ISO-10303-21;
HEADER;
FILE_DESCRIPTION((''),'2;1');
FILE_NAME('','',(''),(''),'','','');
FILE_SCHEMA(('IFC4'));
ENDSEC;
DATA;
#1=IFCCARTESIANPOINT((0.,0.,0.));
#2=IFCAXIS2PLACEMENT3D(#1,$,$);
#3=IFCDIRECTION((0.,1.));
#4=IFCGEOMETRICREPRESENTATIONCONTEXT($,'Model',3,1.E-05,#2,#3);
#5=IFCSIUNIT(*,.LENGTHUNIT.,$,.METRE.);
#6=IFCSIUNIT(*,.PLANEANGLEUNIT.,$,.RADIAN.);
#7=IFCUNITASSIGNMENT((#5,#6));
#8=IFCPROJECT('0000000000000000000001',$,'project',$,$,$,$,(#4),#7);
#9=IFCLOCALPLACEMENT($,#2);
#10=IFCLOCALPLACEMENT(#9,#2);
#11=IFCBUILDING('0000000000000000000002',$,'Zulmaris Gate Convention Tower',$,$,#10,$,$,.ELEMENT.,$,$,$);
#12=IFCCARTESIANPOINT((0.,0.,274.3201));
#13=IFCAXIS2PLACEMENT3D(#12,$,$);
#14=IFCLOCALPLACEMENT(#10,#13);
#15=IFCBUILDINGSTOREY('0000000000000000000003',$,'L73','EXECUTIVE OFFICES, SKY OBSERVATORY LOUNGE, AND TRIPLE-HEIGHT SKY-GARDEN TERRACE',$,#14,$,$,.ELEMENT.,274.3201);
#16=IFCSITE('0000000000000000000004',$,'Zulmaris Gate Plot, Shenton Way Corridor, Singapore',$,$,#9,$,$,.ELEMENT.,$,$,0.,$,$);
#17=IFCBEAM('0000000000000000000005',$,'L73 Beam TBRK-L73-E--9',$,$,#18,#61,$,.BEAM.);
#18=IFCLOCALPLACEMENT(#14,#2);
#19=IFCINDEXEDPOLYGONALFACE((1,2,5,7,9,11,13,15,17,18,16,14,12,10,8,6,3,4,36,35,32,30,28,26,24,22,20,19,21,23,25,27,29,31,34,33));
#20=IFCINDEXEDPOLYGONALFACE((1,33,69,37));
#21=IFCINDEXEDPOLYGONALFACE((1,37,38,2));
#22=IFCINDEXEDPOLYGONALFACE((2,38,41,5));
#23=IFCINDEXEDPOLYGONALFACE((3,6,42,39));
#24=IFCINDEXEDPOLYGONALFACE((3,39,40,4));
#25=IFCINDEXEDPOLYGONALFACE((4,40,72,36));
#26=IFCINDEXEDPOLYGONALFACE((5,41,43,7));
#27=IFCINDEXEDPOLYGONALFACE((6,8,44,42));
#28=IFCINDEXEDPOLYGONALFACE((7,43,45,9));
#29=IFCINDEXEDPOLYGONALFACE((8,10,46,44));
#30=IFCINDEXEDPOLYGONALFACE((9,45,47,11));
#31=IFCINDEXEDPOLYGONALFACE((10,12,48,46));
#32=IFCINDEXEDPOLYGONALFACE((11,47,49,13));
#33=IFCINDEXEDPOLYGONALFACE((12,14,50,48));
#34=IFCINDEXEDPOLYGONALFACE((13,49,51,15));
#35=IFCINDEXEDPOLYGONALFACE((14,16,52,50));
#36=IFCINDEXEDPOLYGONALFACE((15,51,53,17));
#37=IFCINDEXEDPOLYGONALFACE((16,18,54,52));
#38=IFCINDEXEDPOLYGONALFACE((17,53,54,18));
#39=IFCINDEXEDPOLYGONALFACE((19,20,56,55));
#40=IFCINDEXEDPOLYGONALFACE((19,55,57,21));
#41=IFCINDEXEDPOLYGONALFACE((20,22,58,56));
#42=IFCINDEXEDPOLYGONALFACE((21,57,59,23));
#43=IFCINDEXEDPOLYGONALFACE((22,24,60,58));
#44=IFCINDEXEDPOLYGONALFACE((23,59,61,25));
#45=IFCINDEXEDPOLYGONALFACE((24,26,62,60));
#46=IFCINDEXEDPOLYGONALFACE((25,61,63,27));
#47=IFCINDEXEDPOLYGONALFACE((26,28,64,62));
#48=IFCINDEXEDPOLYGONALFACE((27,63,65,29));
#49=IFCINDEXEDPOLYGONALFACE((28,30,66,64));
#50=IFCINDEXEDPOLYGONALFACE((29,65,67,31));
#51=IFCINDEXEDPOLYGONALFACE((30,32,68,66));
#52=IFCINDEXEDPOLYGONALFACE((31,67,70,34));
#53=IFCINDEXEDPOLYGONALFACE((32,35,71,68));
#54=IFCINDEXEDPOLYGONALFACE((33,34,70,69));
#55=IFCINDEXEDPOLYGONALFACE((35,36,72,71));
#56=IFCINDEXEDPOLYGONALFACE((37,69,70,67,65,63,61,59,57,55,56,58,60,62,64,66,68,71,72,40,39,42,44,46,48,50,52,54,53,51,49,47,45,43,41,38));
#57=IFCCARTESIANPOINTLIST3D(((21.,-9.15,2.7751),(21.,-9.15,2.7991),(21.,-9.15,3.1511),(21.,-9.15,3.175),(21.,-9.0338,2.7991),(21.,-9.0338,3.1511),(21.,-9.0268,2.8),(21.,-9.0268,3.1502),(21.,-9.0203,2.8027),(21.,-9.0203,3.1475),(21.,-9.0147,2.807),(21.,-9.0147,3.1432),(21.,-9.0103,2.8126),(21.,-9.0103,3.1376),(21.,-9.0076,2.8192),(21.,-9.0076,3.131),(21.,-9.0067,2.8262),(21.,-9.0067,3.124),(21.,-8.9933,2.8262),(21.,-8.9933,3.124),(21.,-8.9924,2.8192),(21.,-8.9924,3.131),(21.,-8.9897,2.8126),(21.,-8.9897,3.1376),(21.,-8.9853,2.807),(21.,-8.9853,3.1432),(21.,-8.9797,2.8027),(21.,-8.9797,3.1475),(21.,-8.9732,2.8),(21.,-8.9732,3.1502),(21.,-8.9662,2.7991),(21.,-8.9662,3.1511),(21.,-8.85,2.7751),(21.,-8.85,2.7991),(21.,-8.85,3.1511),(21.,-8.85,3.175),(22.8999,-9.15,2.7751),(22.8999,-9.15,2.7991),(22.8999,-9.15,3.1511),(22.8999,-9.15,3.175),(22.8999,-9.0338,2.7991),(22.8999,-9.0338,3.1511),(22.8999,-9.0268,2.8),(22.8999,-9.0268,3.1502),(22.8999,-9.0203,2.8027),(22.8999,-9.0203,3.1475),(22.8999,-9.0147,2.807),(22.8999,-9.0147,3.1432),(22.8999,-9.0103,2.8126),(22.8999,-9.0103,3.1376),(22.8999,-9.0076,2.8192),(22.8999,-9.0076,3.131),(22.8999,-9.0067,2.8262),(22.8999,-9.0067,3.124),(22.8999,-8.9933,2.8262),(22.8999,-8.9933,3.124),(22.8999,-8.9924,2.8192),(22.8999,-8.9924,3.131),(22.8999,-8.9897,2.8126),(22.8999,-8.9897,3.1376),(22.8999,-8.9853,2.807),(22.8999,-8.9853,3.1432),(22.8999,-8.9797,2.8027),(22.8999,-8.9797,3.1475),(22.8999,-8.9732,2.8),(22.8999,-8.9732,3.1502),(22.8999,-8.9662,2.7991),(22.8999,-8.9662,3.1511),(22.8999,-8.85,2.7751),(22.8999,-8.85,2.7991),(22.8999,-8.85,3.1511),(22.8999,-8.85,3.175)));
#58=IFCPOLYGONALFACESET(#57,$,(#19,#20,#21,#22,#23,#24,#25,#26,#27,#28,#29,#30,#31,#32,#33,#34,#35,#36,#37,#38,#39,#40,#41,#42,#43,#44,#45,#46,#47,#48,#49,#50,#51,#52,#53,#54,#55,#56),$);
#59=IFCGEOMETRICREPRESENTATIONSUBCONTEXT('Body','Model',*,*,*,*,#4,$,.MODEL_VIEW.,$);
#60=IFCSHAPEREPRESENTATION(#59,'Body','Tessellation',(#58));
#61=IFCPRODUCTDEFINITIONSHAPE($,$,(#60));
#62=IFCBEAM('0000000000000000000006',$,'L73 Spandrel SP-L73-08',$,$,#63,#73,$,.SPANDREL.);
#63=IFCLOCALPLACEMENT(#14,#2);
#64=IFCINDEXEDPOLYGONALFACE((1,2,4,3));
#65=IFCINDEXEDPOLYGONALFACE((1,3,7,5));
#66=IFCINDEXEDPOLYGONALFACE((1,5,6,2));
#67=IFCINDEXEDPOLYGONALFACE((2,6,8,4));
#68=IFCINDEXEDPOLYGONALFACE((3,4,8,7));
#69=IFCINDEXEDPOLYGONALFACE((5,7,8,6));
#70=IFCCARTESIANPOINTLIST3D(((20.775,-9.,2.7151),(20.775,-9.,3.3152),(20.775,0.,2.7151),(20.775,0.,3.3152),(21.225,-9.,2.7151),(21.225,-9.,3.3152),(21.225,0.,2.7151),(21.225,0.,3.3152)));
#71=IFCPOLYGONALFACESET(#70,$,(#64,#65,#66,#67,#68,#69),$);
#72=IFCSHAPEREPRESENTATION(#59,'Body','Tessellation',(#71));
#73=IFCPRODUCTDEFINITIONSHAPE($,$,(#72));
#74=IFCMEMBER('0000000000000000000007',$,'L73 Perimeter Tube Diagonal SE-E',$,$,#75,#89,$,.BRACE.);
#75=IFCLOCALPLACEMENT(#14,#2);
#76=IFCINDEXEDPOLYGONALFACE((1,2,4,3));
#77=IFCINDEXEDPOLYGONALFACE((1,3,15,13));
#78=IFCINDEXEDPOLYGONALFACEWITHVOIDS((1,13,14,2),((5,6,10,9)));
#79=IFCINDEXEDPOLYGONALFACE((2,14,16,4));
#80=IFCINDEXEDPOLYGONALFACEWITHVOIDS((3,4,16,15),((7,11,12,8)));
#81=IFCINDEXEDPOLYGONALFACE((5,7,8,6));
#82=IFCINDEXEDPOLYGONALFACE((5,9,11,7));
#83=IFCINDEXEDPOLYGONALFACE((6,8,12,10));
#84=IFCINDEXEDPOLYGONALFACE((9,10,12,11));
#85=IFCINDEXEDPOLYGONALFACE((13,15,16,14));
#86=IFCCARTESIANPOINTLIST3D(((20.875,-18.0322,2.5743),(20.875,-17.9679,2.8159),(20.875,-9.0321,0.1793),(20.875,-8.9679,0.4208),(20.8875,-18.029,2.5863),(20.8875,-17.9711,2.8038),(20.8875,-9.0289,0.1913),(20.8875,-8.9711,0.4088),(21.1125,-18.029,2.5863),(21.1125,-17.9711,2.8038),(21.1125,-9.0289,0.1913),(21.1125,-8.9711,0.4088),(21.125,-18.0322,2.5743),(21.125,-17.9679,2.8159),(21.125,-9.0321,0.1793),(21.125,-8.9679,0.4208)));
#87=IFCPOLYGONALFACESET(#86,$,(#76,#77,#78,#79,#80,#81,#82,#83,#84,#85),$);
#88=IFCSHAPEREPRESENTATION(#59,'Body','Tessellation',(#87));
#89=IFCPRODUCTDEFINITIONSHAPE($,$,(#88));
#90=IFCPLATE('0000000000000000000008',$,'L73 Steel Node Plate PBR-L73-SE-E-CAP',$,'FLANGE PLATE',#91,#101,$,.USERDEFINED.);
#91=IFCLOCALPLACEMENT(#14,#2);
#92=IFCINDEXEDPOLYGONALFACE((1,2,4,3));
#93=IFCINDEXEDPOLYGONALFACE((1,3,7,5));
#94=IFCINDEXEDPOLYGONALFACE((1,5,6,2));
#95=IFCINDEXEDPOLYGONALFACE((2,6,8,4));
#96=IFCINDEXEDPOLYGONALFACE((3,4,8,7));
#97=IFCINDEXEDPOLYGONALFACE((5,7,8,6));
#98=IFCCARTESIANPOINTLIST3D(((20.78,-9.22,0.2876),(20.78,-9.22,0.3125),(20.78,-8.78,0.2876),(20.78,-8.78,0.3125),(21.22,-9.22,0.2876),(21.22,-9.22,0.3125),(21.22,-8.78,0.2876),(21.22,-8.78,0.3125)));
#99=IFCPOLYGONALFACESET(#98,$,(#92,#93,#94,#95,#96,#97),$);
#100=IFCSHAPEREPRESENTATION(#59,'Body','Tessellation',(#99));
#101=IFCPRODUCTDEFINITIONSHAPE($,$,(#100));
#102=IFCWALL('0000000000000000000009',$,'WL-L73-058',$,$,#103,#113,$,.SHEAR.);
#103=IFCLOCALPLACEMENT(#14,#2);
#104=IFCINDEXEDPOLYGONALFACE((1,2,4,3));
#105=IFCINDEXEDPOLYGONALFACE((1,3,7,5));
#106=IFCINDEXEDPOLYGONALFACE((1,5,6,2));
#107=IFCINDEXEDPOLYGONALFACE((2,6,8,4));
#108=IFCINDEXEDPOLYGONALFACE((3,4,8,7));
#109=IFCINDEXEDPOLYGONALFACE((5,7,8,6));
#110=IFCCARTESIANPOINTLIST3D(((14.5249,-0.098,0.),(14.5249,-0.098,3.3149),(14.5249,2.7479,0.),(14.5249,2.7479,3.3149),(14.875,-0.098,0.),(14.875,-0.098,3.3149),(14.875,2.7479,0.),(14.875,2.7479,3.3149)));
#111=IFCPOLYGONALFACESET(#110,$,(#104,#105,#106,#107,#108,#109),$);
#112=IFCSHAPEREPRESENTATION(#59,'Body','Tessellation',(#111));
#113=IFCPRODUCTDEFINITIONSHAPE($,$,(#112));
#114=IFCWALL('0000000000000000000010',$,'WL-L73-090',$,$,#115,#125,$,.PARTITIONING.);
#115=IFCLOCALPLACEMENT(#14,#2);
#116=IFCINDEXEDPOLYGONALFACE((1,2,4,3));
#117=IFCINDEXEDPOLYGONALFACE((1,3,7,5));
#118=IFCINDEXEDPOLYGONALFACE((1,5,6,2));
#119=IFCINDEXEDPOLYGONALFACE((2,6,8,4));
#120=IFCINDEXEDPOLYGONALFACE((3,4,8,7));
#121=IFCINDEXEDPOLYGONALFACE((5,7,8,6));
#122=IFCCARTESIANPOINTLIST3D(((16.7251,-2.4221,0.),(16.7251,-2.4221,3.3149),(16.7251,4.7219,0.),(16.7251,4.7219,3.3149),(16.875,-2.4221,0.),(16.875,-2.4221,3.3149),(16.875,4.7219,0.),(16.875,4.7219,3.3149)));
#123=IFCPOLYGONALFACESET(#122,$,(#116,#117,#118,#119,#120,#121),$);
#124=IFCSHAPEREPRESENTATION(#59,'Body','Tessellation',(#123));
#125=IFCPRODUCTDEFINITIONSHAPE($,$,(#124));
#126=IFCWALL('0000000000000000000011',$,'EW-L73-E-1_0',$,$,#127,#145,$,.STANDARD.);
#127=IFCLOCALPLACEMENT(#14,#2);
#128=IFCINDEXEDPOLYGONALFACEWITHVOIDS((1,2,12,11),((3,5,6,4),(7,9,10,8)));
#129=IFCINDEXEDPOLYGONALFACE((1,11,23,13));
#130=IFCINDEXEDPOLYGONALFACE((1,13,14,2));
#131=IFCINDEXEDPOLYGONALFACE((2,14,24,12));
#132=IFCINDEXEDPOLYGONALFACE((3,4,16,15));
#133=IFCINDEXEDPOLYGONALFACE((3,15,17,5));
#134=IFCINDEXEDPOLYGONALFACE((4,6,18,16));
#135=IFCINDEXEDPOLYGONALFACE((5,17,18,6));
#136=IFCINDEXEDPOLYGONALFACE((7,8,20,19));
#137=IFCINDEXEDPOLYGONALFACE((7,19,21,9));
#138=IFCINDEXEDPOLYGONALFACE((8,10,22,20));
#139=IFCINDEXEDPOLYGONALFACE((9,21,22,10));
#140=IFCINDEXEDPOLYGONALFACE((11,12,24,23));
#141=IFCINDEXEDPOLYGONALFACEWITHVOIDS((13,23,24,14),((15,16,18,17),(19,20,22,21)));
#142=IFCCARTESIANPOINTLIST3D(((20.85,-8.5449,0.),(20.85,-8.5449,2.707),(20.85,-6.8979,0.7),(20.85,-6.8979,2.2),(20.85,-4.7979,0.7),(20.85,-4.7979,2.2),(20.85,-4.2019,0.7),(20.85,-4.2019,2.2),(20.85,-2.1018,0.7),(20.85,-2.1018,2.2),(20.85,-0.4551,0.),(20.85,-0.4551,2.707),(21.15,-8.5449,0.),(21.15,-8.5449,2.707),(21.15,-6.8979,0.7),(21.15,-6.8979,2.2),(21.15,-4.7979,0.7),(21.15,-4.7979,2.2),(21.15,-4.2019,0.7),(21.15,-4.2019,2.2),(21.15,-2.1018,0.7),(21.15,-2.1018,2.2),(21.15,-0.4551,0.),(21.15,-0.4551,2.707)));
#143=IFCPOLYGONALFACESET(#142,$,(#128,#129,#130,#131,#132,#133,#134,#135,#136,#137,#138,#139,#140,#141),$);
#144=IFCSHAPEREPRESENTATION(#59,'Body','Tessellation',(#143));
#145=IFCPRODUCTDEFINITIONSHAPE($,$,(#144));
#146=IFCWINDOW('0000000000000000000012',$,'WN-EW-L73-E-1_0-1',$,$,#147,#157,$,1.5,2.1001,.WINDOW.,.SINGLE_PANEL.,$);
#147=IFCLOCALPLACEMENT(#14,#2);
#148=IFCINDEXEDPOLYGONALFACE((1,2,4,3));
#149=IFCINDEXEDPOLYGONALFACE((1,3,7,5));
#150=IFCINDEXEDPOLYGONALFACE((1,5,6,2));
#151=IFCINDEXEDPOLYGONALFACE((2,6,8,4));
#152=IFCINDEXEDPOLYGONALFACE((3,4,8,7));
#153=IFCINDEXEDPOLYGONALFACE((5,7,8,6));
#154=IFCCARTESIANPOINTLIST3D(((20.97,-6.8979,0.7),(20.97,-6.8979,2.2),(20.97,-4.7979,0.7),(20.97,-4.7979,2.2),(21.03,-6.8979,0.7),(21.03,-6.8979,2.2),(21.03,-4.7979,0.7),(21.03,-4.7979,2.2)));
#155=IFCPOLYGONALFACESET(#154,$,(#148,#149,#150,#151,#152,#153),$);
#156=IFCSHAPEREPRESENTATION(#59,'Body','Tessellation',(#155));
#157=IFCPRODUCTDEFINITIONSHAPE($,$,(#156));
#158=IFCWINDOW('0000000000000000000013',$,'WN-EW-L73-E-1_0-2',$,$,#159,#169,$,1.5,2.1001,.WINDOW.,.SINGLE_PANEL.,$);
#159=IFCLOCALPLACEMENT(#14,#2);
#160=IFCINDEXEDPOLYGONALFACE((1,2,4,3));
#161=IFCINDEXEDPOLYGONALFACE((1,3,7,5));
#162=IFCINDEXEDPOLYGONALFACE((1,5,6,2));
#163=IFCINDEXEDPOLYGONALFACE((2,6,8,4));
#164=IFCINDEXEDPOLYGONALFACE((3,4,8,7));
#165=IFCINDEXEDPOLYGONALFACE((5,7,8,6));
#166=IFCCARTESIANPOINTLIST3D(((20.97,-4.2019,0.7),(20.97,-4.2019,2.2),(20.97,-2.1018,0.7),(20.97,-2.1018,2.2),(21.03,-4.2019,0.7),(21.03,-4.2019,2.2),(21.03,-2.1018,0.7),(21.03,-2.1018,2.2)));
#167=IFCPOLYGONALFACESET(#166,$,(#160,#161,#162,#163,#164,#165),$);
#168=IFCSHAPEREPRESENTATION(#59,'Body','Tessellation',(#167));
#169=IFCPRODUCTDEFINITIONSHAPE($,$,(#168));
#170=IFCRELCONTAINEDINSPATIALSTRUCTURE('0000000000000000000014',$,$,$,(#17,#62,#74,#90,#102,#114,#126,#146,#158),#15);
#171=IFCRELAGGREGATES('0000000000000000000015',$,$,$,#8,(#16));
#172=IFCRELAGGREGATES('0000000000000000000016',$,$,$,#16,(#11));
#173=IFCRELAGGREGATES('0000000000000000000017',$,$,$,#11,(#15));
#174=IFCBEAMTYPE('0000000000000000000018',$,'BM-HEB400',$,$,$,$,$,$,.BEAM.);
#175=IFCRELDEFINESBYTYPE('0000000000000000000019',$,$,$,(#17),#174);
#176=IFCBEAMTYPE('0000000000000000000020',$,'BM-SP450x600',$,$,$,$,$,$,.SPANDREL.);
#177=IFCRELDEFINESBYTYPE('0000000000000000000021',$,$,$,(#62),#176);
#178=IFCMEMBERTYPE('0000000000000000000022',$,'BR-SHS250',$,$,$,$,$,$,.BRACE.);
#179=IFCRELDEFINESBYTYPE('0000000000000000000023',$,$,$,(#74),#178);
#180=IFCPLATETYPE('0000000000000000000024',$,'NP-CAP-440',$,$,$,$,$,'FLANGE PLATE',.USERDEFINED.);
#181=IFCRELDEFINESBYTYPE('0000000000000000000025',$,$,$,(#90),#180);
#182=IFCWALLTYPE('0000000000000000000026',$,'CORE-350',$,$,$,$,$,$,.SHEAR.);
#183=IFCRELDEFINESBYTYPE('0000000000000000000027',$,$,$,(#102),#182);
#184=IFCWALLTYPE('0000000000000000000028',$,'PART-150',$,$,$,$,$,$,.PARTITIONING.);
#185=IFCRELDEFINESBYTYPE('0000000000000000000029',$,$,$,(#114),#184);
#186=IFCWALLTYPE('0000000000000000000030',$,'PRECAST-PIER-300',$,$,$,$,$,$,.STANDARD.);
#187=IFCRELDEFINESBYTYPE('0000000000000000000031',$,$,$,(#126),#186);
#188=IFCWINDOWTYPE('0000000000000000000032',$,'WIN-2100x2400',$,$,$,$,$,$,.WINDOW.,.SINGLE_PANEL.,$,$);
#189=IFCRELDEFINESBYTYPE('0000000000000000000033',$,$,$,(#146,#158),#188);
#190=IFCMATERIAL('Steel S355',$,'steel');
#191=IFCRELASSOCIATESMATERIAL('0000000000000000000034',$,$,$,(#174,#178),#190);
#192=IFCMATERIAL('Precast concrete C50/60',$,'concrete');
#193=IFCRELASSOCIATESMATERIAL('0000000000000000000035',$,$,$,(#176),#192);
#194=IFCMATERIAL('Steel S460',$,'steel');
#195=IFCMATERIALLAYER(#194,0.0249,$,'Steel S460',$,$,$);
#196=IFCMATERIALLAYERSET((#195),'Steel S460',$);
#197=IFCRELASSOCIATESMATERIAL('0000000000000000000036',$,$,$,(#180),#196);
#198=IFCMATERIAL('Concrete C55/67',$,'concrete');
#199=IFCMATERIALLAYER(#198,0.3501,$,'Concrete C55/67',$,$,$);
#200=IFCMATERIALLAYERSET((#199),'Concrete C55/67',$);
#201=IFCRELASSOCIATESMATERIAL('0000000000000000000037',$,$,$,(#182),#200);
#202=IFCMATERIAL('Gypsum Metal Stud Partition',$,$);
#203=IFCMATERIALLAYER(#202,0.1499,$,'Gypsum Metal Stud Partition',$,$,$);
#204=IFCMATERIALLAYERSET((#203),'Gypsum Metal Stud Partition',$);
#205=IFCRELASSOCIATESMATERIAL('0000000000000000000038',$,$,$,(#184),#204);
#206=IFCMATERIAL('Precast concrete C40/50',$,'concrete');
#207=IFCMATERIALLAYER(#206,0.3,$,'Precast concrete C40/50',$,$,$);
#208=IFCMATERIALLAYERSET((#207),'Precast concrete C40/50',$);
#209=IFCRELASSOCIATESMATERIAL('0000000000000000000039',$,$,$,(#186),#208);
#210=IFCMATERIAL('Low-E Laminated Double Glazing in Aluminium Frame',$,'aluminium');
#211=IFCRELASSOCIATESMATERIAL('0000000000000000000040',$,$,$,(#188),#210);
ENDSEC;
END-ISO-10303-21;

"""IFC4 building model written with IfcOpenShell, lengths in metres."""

from ifc_helpers import new_model, si_unit, direction, frame, frame_2d, origin, origin_2d, place, context, subcontext, project, spatial, rectangle, hollow_rectangle, i_section, extrude, material, layer, layer_set, material_profile, profile_set, type_object, element, fill, save


model = new_model("IFC4")

# Units and contexts
model_context = context("Model", 3, precision=1e-05, world=origin(), true_north=direction((0.0, 1.0)))
body_context = subcontext(model_context, "Body", "Model", "MODEL_VIEW")
ifc_project = project(units=[si_unit("LENGTHUNIT", "METRE"), si_unit("PLANEANGLEUNIT", "RADIAN")], contexts=[model_context])

# Site, building, storey
site_placement = place(None, origin())
site = spatial("IfcSite", under=ifc_project, at=site_placement, Name="Zulmaris Gate Plot, Shenton Way Corridor, Singapore", CompositionType="ELEMENT", RefElevation=0.0)
building_placement = place(site_placement, origin())
building = spatial("IfcBuilding", under=site, at=building_placement, Name="Zulmaris Gate Convention Tower", CompositionType="ELEMENT")
storey_placement = place(building_placement, frame((0.0, 0.0, 274.3201)))
storey = spatial("IfcBuildingStorey", under=building, at=storey_placement, Name="L73", Description="EXECUTIVE OFFICES, SKY OBSERVATORY LOUNGE, AND TRIPLE-HEIGHT SKY-GARDEN TERRACE", CompositionType="ELEMENT", Elevation=274.3201)

# Beams
ifc_material_1 = material(Name="Steel S355", Category="steel")
ifc_material_profile_1 = material_profile(ifc_material_1, i_section(OverallWidth=0.3, OverallDepth=0.3999, WebThickness=0.0134, FlangeThickness=0.0239, FilletRadius=0.0271, at=origin_2d()), Name="HEB 400")
ifc_profile_set_1 = profile_set([ifc_material_profile_1], Name="Steel S355")
beam_type_1 = type_object("IfcBeamType", Name="BM-HEB400", PredefinedType="BEAM", material=ifc_profile_set_1)
beam_1_placement = place(storey_placement, frame((21.0, -9.0, 2.9751), z_axis=(1.0, 0.0, 0.0), x_axis=(0.0, 1.0, 0.0)))
element("IfcBeam", 1, at=beam_1_placement, inside=storey, type_object=beam_type_1, Name="L73 Beam TBRK-L73-E--9", PredefinedType="BEAM", context=body_context, shape_type="SweptSolid", body=[
    extrude(i_section(OverallWidth=0.3, OverallDepth=0.3999, WebThickness=0.0134, FlangeThickness=0.0239, FilletRadius=0.0271, at=origin_2d()), origin(), (0.0, 0.0, 1.0), 1.8999),
])
ifc_material_2 = material(Name="Precast concrete C50/60", Category="concrete")
ifc_material_profile_2 = material_profile(ifc_material_2, rectangle(XDim=0.45, YDim=0.6001, at=origin_2d()), Name="RC SPANDREL 450x600")
ifc_profile_set_2 = profile_set([ifc_material_profile_2], Name="Precast concrete C50/60")
beam_type_2 = type_object("IfcBeamType", Name="BM-SP450x600", PredefinedType="SPANDREL", material=ifc_profile_set_2)
beam_2_placement = place(storey_placement, frame((21.0, -9.0, 3.0151), z_axis=(0.0, 1.0, 0.0), x_axis=(-1.0, 0.0, 0.0)))
element("IfcBeam", 2, at=beam_2_placement, inside=storey, type_object=beam_type_2, Name="L73 Spandrel SP-L73-08", PredefinedType="SPANDREL", context=body_context, shape_type="SweptSolid", body=[
    extrude(rectangle(XDim=0.45, YDim=0.6001, at=origin_2d()), origin(), (0.0, 0.0, 1.0), 9.0),
])

# Member
ifc_material_profile_3 = material_profile(ifc_material_1, hollow_rectangle(XDim=0.25, YDim=0.25, WallThickness=0.0125, at=origin_2d()), Name="SHS 250x250x12.5")
ifc_profile_set_3 = profile_set([ifc_material_profile_3], Name="Steel S355")
member_type = type_object("IfcMemberType", Name="BR-SHS250", PredefinedType="BRACE", material=ifc_profile_set_3)
member_placement = place(storey_placement, frame((21.0, -9.0, 0.3), z_axis=(0.0, -0.966368, 0.257163), x_axis=(1.0, 0.0, 0.0)))
element("IfcMember", 3, at=member_placement, inside=storey, type_object=member_type, Name="L73 Perimeter Tube Diagonal SE-E", PredefinedType="BRACE", context=body_context, shape_type="SweptSolid", body=[
    extrude(hollow_rectangle(XDim=0.25, YDim=0.25, WallThickness=0.0125, at=origin_2d()), origin(), (0.0, 0.0, 1.0), 9.3132),
])

# Plate
ifc_material_3 = material(Name="Steel S460", Category="steel")
ifc_layer_1 = layer(ifc_material_3, 0.0249, Name="Steel S460")
ifc_layer_set_1 = layer_set([ifc_layer_1], Name="Steel S460")
plate_type = type_object("IfcPlateType", Name="NP-CAP-440", ElementType="FLANGE PLATE", PredefinedType="USERDEFINED", material=ifc_layer_set_1)
plate_placement = place(storey_placement, frame((21.0, -9.0, 0.2876), z_axis=(0.0, 0.0, 1.0), x_axis=(1.0, 0.0, 0.0)))
element("IfcPlate", 4, at=plate_placement, inside=storey, type_object=plate_type, Name="L73 Steel Node Plate PBR-L73-SE-E-CAP", ObjectType="FLANGE PLATE", PredefinedType="USERDEFINED", context=body_context, shape_type="SweptSolid", body=[
    extrude(rectangle(XDim=0.4399, YDim=0.4399, at=origin_2d()), origin(), (0.0, 0.0, 1.0), 0.0249),
])

# Wall
ifc_material_4 = material(Name="Concrete C55/67", Category="concrete")
ifc_layer_2 = layer(ifc_material_4, 0.3501, Name="Concrete C55/67")
ifc_layer_set_2 = layer_set([ifc_layer_2], Name="Concrete C55/67")
wall_type_1 = type_object("IfcWallType", Name="CORE-350", PredefinedType="SHEAR", material=ifc_layer_set_2)
wall_1_placement = place(storey_placement, frame((14.7, -0.0979, 0.0), z_axis=(0.0, 0.0, 1.0), x_axis=(0.0, 1.0, 0.0)))
element("IfcWall", 5, at=wall_1_placement, inside=storey, type_object=wall_type_1, Name="WL-L73-058", PredefinedType="SHEAR", context=body_context, shape_type="SweptSolid", body=[
    extrude(rectangle(XDim=2.8459, YDim=0.3501, at=frame_2d((1.4229, 0.0))), origin(), (0.0, 0.0, 1.0), 3.3149),
])

# Shared definitions
ifc_material_5 = material(Name="Gypsum Metal Stud Partition")
ifc_layer_3 = layer(ifc_material_5, 0.1499, Name="Gypsum Metal Stud Partition")
ifc_layer_set_3 = layer_set([ifc_layer_3], Name="Gypsum Metal Stud Partition")
wall_type_2 = type_object("IfcWallType", Name="PART-150", PredefinedType="PARTITIONING", material=ifc_layer_set_3)

# Wall
wall_2_placement = place(storey_placement, frame((16.8, -2.4221, 0.0), z_axis=(0.0, 0.0, 1.0), x_axis=(0.0, 1.0, 0.0)))
element("IfcWall", 6, at=wall_2_placement, inside=storey, type_object=wall_type_2, Name="WL-L73-090", PredefinedType="PARTITIONING", context=body_context, shape_type="SweptSolid", body=[
    extrude(rectangle(XDim=7.144, YDim=0.1499, at=frame_2d((3.572, 0.0))), origin(), (0.0, 0.0, 1.0), 3.3149),
])

# Wall, openings, windows
ifc_material_6 = material(Name="Precast concrete C40/50", Category="concrete")
ifc_layer_4 = layer(ifc_material_6, 0.3, Name="Precast concrete C40/50")
ifc_layer_set_4 = layer_set([ifc_layer_4], Name="Precast concrete C40/50")
wall_type_3 = type_object("IfcWallType", Name="PRECAST-PIER-300", PredefinedType="STANDARD", material=ifc_layer_set_4)
wall_3_placement = place(storey_placement, frame((21.0, -8.5449, 0.0), z_axis=(0.0, 0.0, 1.0), x_axis=(0.0, 1.0, 0.0)))
wall_3 = element("IfcWall", 7, at=wall_3_placement, inside=storey, type_object=wall_type_3, Name="EW-L73-E-1_0", PredefinedType="STANDARD", context=body_context, shape_type="SweptSolid", body=[
    extrude(rectangle(XDim=8.0898, YDim=0.3, at=frame_2d((4.0449, 0.0))), origin(), (0.0, 0.0, 1.0), 2.707),
])
opening_1_placement = place(wall_3_placement, frame((1.647, 0.0, 0.7)))
opening_1 = element("IfcOpeningElement", 8, at=opening_1_placement, cuts=wall_3, PredefinedType="OPENING", context=body_context, shape_type="SweptSolid", body=[
    extrude(rectangle(XDim=2.1001, YDim=1.5, at=frame_2d((1.05, 0.75))), frame((0.0, 0.1602, 0.0), z_axis=(0.0, -1.0, 0.0), x_axis=(1.0, 0.0, 0.0)), (0.0, 0.0, 1.0), 0.3201),
])
opening_2_placement = place(wall_3_placement, frame((4.343, 0.0, 0.7)))
opening_2 = element("IfcOpeningElement", 9, at=opening_2_placement, cuts=wall_3, PredefinedType="OPENING", context=body_context, shape_type="SweptSolid", body=[
    extrude(rectangle(XDim=2.1001, YDim=1.5, at=frame_2d((1.05, 0.75))), frame((0.0, 0.1602, 0.0), z_axis=(0.0, -1.0, 0.0), x_axis=(1.0, 0.0, 0.0)), (0.0, 0.0, 1.0), 0.3201),
])
ifc_material_7 = material(Name="Low-E Laminated Double Glazing in Aluminium Frame", Category="aluminium")
window_type = type_object("IfcWindowType", Name="WIN-2100x2400", PartitioningType="SINGLE_PANEL", PredefinedType="WINDOW", material=ifc_material_7)
window_1_placement = place(opening_1_placement, origin())
window_1 = element("IfcWindow", 10, at=window_1_placement, inside=storey, type_object=window_type, Name="WN-EW-L73-E-1_0-1", OverallHeight=1.5, OverallWidth=2.1001, PartitioningType="SINGLE_PANEL", PredefinedType="WINDOW", context=body_context, shape_type="SweptSolid", body=[
    extrude(rectangle(XDim=2.1001, YDim=1.5, at=frame_2d((1.05, 0.75))), frame((0.0, 0.03, 0.0), z_axis=(0.0, -1.0, 0.0), x_axis=(1.0, 0.0, 0.0)), (0.0, 0.0, 1.0), 0.0601),
])
fill(opening_1, window_1)
window_2_placement = place(opening_2_placement, origin())
window_2 = element("IfcWindow", 11, at=window_2_placement, inside=storey, type_object=window_type, Name="WN-EW-L73-E-1_0-2", OverallHeight=1.5, OverallWidth=2.1001, PartitioningType="SINGLE_PANEL", PredefinedType="WINDOW", context=body_context, shape_type="SweptSolid", body=[
    extrude(rectangle(XDim=2.1001, YDim=1.5, at=frame_2d((1.05, 0.75))), frame((0.0, 0.03, 0.0), z_axis=(0.0, -1.0, 0.0), x_axis=(1.0, 0.0, 0.0)), (0.0, 0.0, 1.0), 0.0601),
])
fill(opening_2, window_2)

save(model, "model.ifc")
